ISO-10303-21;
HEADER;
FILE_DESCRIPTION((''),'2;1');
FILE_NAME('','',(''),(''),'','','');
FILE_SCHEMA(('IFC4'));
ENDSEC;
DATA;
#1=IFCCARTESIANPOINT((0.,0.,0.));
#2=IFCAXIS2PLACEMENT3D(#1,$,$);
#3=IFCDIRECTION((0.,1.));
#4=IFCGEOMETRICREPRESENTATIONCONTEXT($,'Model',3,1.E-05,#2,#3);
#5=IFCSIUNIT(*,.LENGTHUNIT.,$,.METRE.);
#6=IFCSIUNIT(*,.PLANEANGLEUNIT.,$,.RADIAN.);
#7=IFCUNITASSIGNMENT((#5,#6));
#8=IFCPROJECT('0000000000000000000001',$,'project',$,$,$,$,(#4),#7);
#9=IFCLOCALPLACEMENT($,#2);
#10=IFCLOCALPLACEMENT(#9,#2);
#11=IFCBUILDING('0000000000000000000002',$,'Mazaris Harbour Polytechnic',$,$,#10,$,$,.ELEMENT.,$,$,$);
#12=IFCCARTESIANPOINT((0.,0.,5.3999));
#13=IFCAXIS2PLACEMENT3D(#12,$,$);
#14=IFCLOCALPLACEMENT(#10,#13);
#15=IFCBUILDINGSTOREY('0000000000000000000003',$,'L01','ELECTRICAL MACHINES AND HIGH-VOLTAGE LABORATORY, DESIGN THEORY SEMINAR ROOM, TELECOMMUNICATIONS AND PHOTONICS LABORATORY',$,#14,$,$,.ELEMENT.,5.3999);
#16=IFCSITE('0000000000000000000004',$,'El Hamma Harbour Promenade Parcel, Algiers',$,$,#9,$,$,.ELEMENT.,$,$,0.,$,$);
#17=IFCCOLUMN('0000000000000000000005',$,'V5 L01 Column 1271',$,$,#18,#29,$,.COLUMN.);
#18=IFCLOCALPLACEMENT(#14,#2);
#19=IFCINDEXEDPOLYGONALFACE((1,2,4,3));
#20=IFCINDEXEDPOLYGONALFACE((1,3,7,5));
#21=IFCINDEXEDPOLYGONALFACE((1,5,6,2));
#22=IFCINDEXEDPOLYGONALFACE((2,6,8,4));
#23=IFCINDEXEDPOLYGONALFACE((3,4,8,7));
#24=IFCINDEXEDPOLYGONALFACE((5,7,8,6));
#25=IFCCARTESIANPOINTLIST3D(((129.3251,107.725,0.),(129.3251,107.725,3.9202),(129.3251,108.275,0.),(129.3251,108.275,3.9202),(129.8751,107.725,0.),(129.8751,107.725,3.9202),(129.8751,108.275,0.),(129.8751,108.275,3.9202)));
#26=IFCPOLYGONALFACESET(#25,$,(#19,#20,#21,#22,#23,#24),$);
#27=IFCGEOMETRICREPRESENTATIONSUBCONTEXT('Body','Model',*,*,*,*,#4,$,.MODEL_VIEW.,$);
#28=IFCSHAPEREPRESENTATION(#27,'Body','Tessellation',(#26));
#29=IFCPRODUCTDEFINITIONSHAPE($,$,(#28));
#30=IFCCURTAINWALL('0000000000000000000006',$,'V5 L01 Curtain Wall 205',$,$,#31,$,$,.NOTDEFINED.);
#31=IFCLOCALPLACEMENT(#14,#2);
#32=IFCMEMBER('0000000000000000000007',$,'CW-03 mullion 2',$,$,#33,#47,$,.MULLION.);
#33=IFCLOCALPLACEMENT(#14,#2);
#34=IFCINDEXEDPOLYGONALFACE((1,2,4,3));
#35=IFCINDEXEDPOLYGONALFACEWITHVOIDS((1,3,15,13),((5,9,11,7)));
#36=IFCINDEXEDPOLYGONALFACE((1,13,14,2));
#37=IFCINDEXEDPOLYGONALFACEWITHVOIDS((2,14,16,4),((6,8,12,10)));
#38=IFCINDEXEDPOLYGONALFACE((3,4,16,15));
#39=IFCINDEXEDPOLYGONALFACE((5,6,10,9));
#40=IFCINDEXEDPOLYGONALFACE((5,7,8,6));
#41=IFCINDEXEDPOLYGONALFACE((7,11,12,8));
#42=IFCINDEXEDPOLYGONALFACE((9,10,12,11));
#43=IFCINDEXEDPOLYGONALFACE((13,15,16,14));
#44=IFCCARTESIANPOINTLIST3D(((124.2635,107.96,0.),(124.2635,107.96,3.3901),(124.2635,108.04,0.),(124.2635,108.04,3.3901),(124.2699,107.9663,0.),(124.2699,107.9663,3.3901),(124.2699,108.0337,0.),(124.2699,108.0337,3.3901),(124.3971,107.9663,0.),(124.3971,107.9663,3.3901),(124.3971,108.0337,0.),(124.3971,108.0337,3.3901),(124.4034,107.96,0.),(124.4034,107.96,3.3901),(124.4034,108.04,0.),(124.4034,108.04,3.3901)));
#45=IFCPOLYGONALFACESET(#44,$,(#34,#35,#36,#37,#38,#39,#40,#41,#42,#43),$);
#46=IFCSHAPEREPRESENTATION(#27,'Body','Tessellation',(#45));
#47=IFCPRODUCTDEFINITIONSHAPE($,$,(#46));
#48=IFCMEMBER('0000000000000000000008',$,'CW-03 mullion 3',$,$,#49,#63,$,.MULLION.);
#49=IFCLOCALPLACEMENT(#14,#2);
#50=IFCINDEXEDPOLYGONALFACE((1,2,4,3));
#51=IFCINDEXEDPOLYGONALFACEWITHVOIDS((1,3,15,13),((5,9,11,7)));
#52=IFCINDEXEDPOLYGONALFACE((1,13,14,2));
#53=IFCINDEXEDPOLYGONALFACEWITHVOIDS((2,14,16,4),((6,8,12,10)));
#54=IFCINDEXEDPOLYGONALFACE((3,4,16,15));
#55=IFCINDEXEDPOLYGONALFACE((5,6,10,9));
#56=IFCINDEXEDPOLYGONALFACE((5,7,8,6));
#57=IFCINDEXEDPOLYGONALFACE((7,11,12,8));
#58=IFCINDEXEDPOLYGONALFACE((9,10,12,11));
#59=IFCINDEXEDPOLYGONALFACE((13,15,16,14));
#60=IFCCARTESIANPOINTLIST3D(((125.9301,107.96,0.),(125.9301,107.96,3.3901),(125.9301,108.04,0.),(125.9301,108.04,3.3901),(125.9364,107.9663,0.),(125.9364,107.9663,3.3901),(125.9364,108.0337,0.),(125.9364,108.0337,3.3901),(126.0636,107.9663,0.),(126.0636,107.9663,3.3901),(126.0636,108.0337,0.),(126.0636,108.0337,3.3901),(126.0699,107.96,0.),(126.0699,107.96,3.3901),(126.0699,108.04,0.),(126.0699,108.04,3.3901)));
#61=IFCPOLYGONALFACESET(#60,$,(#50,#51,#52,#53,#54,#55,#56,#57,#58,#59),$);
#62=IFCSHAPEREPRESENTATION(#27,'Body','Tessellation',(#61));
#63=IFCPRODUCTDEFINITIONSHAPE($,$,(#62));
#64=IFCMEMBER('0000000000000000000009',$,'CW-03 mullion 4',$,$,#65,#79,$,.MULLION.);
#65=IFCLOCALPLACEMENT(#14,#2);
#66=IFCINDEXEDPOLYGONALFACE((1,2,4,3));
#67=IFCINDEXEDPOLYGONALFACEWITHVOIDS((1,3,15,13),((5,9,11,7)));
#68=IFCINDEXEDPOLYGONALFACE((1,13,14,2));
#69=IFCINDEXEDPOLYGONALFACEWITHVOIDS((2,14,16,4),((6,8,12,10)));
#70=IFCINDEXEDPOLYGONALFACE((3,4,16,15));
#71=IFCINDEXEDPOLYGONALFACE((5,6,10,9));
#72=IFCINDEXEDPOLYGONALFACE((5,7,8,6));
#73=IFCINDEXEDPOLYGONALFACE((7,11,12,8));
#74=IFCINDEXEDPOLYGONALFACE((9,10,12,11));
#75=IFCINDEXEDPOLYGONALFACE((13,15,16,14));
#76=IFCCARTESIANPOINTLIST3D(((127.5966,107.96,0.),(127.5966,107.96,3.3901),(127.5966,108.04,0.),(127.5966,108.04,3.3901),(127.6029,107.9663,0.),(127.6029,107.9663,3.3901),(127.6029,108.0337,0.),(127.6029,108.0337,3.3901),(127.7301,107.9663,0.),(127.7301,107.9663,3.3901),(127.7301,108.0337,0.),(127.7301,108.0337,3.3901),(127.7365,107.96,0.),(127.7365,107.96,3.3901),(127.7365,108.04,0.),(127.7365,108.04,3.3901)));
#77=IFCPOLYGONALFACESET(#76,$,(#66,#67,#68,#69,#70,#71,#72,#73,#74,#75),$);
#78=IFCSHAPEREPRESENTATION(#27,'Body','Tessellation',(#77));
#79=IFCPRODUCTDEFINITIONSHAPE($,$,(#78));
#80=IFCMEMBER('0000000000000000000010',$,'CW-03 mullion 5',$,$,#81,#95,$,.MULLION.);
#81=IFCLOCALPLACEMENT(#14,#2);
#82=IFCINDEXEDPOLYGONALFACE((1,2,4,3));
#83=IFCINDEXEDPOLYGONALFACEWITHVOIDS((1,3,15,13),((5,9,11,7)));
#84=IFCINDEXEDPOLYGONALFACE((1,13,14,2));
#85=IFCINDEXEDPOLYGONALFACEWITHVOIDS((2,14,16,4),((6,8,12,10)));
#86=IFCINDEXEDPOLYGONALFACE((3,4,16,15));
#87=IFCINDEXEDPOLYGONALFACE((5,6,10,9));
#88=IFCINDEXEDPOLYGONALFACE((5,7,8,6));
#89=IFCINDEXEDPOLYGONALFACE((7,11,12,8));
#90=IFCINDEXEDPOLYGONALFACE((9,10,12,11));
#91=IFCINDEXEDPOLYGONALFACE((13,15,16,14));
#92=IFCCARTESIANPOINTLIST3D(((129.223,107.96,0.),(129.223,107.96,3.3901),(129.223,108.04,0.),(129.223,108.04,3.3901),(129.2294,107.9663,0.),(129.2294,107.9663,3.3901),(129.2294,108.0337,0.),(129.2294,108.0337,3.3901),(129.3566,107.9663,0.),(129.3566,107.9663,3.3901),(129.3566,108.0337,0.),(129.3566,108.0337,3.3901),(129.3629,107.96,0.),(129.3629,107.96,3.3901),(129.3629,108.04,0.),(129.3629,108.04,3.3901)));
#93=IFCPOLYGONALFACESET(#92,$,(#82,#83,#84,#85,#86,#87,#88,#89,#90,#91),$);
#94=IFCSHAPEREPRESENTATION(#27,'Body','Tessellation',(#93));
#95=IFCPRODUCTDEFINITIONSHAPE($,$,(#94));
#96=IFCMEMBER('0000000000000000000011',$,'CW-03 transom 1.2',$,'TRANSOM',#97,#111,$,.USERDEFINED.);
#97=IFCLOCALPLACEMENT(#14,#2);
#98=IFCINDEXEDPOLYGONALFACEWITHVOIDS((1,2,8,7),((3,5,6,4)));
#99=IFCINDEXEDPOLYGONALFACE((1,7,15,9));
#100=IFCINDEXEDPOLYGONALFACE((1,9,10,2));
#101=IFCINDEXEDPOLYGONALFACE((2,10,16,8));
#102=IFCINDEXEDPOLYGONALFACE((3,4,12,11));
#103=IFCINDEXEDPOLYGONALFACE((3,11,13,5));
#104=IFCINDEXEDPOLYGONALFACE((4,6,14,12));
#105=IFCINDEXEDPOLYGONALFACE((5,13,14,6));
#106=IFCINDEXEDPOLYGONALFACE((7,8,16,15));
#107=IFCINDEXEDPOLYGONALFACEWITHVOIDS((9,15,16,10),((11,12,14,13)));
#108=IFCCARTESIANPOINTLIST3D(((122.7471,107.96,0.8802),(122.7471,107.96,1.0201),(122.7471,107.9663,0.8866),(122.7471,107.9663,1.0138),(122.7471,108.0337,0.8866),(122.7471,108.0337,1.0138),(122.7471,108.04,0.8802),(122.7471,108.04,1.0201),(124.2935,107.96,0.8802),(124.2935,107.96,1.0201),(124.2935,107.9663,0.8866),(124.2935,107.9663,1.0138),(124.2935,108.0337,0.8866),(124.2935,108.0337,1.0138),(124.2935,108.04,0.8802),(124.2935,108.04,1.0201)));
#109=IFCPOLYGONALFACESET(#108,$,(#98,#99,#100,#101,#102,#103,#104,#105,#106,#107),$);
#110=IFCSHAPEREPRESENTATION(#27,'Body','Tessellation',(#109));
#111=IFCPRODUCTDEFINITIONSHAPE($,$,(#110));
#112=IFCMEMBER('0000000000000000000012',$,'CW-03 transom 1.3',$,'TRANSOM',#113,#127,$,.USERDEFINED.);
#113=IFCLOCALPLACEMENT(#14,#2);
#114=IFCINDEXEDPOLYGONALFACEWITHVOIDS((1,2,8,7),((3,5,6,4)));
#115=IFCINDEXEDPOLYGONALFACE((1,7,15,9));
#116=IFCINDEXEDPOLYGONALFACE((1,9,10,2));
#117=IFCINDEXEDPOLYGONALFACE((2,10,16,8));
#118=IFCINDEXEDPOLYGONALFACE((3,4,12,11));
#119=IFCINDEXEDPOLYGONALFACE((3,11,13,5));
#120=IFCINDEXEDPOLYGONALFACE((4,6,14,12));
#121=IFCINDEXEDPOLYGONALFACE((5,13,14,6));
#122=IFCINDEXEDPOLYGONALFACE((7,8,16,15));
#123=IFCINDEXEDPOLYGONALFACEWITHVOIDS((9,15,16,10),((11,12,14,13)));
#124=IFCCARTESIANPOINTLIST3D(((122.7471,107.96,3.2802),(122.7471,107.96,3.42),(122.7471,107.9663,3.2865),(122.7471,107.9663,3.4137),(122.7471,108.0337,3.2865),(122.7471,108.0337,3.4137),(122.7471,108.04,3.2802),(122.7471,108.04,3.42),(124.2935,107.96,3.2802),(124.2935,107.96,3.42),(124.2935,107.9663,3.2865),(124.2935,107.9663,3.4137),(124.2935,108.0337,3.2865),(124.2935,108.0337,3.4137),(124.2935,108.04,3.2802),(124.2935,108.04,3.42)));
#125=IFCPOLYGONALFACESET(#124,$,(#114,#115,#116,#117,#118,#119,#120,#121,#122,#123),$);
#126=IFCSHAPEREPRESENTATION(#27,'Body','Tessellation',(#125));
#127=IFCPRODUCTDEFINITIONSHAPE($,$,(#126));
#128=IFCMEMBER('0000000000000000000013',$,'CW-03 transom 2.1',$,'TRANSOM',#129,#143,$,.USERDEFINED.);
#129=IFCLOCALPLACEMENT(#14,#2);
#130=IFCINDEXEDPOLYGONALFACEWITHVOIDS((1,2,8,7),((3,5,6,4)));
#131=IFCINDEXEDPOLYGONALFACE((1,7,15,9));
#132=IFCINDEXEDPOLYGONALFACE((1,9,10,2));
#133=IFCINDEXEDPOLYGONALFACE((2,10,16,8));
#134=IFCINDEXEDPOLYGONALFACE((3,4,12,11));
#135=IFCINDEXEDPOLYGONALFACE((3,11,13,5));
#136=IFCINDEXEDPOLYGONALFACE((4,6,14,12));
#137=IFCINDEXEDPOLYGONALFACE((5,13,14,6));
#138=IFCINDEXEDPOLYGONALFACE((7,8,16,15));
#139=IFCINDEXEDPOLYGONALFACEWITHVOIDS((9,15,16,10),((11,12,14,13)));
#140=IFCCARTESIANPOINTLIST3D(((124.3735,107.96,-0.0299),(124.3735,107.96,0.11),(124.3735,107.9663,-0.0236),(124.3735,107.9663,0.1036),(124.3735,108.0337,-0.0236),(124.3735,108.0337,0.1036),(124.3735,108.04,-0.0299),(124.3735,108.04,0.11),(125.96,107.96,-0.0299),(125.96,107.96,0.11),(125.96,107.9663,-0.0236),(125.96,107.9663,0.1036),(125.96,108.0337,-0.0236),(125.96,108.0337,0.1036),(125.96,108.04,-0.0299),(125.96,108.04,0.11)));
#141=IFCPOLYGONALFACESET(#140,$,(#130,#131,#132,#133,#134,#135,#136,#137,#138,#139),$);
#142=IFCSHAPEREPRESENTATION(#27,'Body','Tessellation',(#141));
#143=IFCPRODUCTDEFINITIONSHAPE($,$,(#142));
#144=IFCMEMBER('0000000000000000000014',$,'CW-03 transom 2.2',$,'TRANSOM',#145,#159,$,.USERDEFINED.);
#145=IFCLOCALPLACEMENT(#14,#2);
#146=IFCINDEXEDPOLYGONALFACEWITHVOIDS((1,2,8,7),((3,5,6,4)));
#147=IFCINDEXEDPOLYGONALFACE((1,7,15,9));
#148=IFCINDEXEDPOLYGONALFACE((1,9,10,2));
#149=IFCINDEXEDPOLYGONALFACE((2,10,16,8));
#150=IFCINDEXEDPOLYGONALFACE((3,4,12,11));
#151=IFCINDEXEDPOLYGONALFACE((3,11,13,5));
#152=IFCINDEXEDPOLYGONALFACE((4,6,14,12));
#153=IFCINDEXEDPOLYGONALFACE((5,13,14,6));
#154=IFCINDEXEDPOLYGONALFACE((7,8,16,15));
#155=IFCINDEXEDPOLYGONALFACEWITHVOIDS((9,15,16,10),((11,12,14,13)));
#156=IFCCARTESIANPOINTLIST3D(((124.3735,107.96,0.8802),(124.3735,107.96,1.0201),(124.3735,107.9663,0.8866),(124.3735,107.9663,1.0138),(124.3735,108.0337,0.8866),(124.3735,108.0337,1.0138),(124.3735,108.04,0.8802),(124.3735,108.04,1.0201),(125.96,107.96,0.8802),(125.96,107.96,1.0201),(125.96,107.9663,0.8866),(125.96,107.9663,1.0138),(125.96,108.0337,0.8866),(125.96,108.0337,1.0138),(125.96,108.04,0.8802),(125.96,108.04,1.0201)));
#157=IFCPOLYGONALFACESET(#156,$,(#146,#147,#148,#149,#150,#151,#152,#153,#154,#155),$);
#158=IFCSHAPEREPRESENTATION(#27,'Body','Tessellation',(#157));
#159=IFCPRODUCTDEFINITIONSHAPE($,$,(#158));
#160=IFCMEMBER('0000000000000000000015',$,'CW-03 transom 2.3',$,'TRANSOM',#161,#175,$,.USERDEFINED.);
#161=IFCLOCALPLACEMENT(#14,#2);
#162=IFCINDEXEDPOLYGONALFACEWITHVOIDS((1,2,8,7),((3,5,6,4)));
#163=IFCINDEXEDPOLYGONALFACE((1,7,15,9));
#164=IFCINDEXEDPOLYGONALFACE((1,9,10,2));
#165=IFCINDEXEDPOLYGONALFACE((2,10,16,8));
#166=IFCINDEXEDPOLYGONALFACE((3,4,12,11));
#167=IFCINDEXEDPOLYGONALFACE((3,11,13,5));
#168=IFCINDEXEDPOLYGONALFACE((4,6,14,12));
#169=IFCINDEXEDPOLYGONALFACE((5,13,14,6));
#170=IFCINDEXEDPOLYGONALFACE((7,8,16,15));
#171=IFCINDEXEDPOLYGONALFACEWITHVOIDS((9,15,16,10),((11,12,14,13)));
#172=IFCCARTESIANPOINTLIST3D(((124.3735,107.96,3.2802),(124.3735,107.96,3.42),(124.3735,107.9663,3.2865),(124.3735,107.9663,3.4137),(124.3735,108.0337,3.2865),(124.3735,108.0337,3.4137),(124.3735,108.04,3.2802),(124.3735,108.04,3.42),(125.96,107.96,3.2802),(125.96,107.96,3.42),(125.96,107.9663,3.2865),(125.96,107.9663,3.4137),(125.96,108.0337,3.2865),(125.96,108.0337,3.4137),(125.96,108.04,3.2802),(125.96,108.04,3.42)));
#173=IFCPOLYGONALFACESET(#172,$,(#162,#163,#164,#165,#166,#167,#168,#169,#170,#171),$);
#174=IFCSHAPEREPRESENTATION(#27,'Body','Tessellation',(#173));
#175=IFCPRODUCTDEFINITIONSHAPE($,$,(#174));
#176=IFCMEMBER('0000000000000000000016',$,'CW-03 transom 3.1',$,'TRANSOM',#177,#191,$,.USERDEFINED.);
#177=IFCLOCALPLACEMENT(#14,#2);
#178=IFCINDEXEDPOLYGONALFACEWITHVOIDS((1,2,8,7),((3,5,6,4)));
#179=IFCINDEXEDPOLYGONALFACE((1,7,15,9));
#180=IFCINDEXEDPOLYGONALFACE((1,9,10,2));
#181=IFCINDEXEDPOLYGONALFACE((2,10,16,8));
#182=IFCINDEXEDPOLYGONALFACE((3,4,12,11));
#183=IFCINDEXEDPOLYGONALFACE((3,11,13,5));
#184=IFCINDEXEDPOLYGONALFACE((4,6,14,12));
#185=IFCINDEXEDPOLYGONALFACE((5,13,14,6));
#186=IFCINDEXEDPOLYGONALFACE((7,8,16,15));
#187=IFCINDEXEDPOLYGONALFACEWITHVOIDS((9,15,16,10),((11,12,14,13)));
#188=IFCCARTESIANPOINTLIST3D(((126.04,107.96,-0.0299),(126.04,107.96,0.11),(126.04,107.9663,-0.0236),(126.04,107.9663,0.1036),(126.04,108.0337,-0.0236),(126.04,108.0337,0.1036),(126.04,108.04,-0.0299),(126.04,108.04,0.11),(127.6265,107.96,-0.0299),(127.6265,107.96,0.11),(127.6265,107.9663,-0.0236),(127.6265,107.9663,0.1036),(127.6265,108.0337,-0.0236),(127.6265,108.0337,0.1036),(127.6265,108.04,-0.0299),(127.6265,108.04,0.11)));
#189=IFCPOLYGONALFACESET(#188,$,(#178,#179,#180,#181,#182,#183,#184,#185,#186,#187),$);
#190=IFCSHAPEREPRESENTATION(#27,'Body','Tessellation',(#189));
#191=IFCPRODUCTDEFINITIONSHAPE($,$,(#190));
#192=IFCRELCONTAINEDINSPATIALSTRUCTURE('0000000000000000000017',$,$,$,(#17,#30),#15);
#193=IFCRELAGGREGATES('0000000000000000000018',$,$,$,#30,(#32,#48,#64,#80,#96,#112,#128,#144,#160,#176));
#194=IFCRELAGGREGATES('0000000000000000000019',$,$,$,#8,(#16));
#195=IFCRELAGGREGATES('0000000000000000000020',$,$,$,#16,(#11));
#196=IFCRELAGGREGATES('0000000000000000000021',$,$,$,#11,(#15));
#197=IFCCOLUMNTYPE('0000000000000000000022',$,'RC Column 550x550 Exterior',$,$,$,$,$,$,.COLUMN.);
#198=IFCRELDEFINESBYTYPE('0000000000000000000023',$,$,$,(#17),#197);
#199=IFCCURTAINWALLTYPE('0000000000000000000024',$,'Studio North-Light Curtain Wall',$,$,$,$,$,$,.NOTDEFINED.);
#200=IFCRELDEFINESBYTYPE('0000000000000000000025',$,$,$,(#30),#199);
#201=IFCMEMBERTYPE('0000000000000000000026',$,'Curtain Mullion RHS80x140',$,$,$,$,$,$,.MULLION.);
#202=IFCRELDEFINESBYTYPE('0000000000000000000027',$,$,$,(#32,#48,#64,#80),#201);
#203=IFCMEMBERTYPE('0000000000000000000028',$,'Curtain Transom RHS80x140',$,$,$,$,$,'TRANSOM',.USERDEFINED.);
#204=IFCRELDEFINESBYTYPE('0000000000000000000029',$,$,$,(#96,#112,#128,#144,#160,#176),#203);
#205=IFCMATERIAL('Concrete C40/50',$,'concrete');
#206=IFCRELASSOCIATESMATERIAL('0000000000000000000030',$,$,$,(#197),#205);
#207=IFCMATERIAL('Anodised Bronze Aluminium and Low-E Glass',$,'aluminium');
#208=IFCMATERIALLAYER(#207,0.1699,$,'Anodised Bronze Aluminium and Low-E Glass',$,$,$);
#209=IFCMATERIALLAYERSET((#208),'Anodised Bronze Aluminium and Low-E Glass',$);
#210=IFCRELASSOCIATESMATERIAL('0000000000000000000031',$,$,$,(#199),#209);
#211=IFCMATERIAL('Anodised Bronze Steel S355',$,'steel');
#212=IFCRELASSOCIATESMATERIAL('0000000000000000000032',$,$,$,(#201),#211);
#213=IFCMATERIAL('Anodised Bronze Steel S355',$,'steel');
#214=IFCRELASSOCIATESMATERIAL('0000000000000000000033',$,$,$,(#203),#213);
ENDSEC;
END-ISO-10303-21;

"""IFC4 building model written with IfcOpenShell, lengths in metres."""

from ifc_helpers import new_model, si_unit, direction, frame, origin, origin_2d, place, context, subcontext, project, spatial, rectangle, hollow_rectangle, extrude, material, layer, layer_set, material_profile, profile_set, type_object, element, aggregate, save


model = new_model("IFC4")

# Units and contexts
model_context = context("Model", 3, precision=1e-05, world=origin(), true_north=direction((0.0, 1.0)))
body_context = subcontext(model_context, "Body", "Model", "MODEL_VIEW")
ifc_project = project(units=[si_unit("LENGTHUNIT", "METRE"), si_unit("PLANEANGLEUNIT", "RADIAN")], contexts=[model_context])

# Site, building, storey
site_placement = place(None, origin())
site = spatial("IfcSite", under=ifc_project, at=site_placement, Name="El Hamma Harbour Promenade Parcel, Algiers", CompositionType="ELEMENT", RefElevation=0.0)
building_placement = place(site_placement, origin())
building = spatial("IfcBuilding", under=site, at=building_placement, Name="Mazaris Harbour Polytechnic", CompositionType="ELEMENT")
storey_placement = place(building_placement, frame((0.0, 0.0, 5.3999)))
storey = spatial("IfcBuildingStorey", under=building, at=storey_placement, Name="L01", Description="ELECTRICAL MACHINES AND HIGH-VOLTAGE LABORATORY, DESIGN THEORY SEMINAR ROOM, TELECOMMUNICATIONS AND PHOTONICS LABORATORY", CompositionType="ELEMENT", Elevation=5.3999)

# Column
ifc_material_1 = material(Name="Concrete C40/50", Category="concrete")
ifc_material_profile_1 = material_profile(ifc_material_1, rectangle(XDim=0.55, YDim=0.55, at=origin_2d()), Name="RECT550x550")
ifc_profile_set_1 = profile_set([ifc_material_profile_1], Name="Concrete C40/50")
column_type = type_object("IfcColumnType", Name="RC Column 550x550 Exterior", PredefinedType="COLUMN", material=ifc_profile_set_1)
column_placement = place(storey_placement, frame((129.6001, 108.0, 0.0), z_axis=(0.0, 0.0, 1.0), x_axis=(1.0, 0.0, 0.0)))
element("IfcColumn", 1, at=column_placement, inside=storey, type_object=column_type, Name="V5 L01 Column 1271", PredefinedType="COLUMN", context=body_context, shape_type="SweptSolid", body=[
    extrude(rectangle(XDim=0.55, YDim=0.55, at=origin_2d()), origin(), (0.0, 0.0, 1.0), 3.9202),
])

# Curtain wall, members
ifc_material_2 = material(Name="Anodised Bronze Aluminium and Low-E Glass", Category="aluminium")
ifc_layer_1 = layer(ifc_material_2, 0.1699, Name="Anodised Bronze Aluminium and Low-E Glass")
ifc_layer_set_1 = layer_set([ifc_layer_1], Name="Anodised Bronze Aluminium and Low-E Glass")
curtain_wall_type = type_object("IfcCurtainWallType", Name="Studio North-Light Curtain Wall", PredefinedType="NOTDEFINED", material=ifc_layer_set_1)
curtain_wall_placement = place(storey_placement, origin())
curtain_wall = element("IfcCurtainWall", 2, at=curtain_wall_placement, inside=storey, type_object=curtain_wall_type, Name="V5 L01 Curtain Wall 205", PredefinedType="NOTDEFINED")
ifc_material_3 = material(Name="Anodised Bronze Steel S355", Category="steel")
ifc_material_profile_2 = material_profile(ifc_material_3, hollow_rectangle(XDim=0.0801, YDim=0.1399, WallThickness=0.0063, at=origin_2d()), Name="RHS 80x140x6.3")
ifc_profile_set_2 = profile_set([ifc_material_profile_2], Name="Anodised Bronze Steel S355")
member_type_1 = type_object("IfcMemberType", Name="Curtain Mullion RHS80x140", PredefinedType="MULLION", material=ifc_profile_set_2)
member_1_placement = place(storey_placement, frame((124.3335, 108.0, 0.0), z_axis=(0.0, 0.0, 1.0), x_axis=(0.0, 1.0, 0.0)))
member_1 = element("IfcMember", 3, at=member_1_placement, type_object=member_type_1, Name="CW-03 mullion 2", PredefinedType="MULLION", context=body_context, shape_type="SweptSolid", body=[
    extrude(hollow_rectangle(XDim=0.0801, YDim=0.1399, WallThickness=0.0063, at=origin_2d()), origin(), (0.0, 0.0, 1.0), 3.3901),
])
member_2_placement = place(storey_placement, frame((126.0, 108.0, 0.0), z_axis=(0.0, 0.0, 1.0), x_axis=(0.0, 1.0, 0.0)))
member_2 = element("IfcMember", 4, at=member_2_placement, type_object=member_type_1, Name="CW-03 mullion 3", PredefinedType="MULLION", context=body_context, shape_type="SweptSolid", body=[
    extrude(hollow_rectangle(XDim=0.0801, YDim=0.1399, WallThickness=0.0063, at=origin_2d()), origin(), (0.0, 0.0, 1.0), 3.3901),
])
member_3_placement = place(storey_placement, frame((127.6665, 108.0, 0.0), z_axis=(0.0, 0.0, 1.0), x_axis=(0.0, 1.0, 0.0)))
member_3 = element("IfcMember", 5, at=member_3_placement, type_object=member_type_1, Name="CW-03 mullion 4", PredefinedType="MULLION", context=body_context, shape_type="SweptSolid", body=[
    extrude(hollow_rectangle(XDim=0.0801, YDim=0.1399, WallThickness=0.0063, at=origin_2d()), origin(), (0.0, 0.0, 1.0), 3.3901),
])
member_4_placement = place(storey_placement, frame((129.293, 108.0, 0.0), z_axis=(0.0, 0.0, 1.0), x_axis=(0.0, 1.0, 0.0)))
member_4 = element("IfcMember", 6, at=member_4_placement, type_object=member_type_1, Name="CW-03 mullion 5", PredefinedType="MULLION", context=body_context, shape_type="SweptSolid", body=[
    extrude(hollow_rectangle(XDim=0.0801, YDim=0.1399, WallThickness=0.0063, at=origin_2d()), origin(), (0.0, 0.0, 1.0), 3.3901),
])
ifc_material_4 = material(Name="Anodised Bronze Steel S355", Category="steel")
ifc_material_profile_3 = material_profile(ifc_material_4, hollow_rectangle(XDim=0.0801, YDim=0.1399, WallThickness=0.0063, at=origin_2d()), Name="RHS 80x140x6.3")
ifc_profile_set_3 = profile_set([ifc_material_profile_3], Name="Anodised Bronze Steel S355")
member_type_2 = type_object("IfcMemberType", Name="Curtain Transom RHS80x140", ElementType="TRANSOM", PredefinedType="USERDEFINED", material=ifc_profile_set_3)
member_5_placement = place(storey_placement, frame((122.7471, 108.0, 0.9502), z_axis=(1.0, 0.0, 0.0), x_axis=(0.0, 1.0, 0.0)))
member_5 = element("IfcMember", 7, at=member_5_placement, type_object=member_type_2, Name="CW-03 transom 1.2", ObjectType="TRANSOM", PredefinedType="USERDEFINED", context=body_context, shape_type="SweptSolid", body=[
    extrude(hollow_rectangle(XDim=0.0801, YDim=0.1399, WallThickness=0.0063, at=origin_2d()), origin(), (0.0, 0.0, 1.0), 1.5464),
])
member_6_placement = place(storey_placement, frame((122.7471, 108.0, 3.3501), z_axis=(1.0, 0.0, 0.0), x_axis=(0.0, 1.0, 0.0)))
member_6 = element("IfcMember", 8, at=member_6_placement, type_object=member_type_2, Name="CW-03 transom 1.3", ObjectType="TRANSOM", PredefinedType="USERDEFINED", context=body_context, shape_type="SweptSolid", body=[
    extrude(hollow_rectangle(XDim=0.0801, YDim=0.1399, WallThickness=0.0063, at=origin_2d()), origin(), (0.0, 0.0, 1.0), 1.5464),
])
member_7_placement = place(storey_placement, frame((124.3735, 108.0, 0.04), z_axis=(1.0, 0.0, 0.0), x_axis=(0.0, 1.0, 0.0)))
member_7 = element("IfcMember", 9, at=member_7_placement, type_object=member_type_2, Name="CW-03 transom 2.1", ObjectType="TRANSOM", PredefinedType="USERDEFINED", context=body_context, shape_type="SweptSolid", body=[
    extrude(hollow_rectangle(XDim=0.0801, YDim=0.1399, WallThickness=0.0063, at=origin_2d()), origin(), (0.0, 0.0, 1.0), 1.5864),
])
member_8_placement = place(storey_placement, frame((124.3735, 108.0, 0.9502), z_axis=(1.0, 0.0, 0.0), x_axis=(0.0, 1.0, 0.0)))
member_8 = element("IfcMember", 10, at=member_8_placement, type_object=member_type_2, Name="CW-03 transom 2.2", ObjectType="TRANSOM", PredefinedType="USERDEFINED", context=body_context, shape_type="SweptSolid", body=[
    extrude(hollow_rectangle(XDim=0.0801, YDim=0.1399, WallThickness=0.0063, at=origin_2d()), origin(), (0.0, 0.0, 1.0), 1.5864),
])
member_9_placement = place(storey_placement, frame((124.3735, 108.0, 3.3501), z_axis=(1.0, 0.0, 0.0), x_axis=(0.0, 1.0, 0.0)))
member_9 = element("IfcMember", 11, at=member_9_placement, type_object=member_type_2, Name="CW-03 transom 2.3", ObjectType="TRANSOM", PredefinedType="USERDEFINED", context=body_context, shape_type="SweptSolid", body=[
    extrude(hollow_rectangle(XDim=0.0801, YDim=0.1399, WallThickness=0.0063, at=origin_2d()), origin(), (0.0, 0.0, 1.0), 1.5864),
])
member_10_placement = place(storey_placement, frame((126.04, 108.0, 0.04), z_axis=(1.0, 0.0, 0.0), x_axis=(0.0, 1.0, 0.0)))
member_10 = element("IfcMember", 12, at=member_10_placement, type_object=member_type_2, Name="CW-03 transom 3.1", ObjectType="TRANSOM", PredefinedType="USERDEFINED", context=body_context, shape_type="SweptSolid", body=[
    extrude(hollow_rectangle(XDim=0.0801, YDim=0.1399, WallThickness=0.0063, at=origin_2d()), origin(), (0.0, 0.0, 1.0), 1.5864),
])

aggregate(curtain_wall, [member_1, member_2, member_3, member_4, member_5, member_6, member_7, member_8, member_9, member_10])

save(model, "model.ifc")
